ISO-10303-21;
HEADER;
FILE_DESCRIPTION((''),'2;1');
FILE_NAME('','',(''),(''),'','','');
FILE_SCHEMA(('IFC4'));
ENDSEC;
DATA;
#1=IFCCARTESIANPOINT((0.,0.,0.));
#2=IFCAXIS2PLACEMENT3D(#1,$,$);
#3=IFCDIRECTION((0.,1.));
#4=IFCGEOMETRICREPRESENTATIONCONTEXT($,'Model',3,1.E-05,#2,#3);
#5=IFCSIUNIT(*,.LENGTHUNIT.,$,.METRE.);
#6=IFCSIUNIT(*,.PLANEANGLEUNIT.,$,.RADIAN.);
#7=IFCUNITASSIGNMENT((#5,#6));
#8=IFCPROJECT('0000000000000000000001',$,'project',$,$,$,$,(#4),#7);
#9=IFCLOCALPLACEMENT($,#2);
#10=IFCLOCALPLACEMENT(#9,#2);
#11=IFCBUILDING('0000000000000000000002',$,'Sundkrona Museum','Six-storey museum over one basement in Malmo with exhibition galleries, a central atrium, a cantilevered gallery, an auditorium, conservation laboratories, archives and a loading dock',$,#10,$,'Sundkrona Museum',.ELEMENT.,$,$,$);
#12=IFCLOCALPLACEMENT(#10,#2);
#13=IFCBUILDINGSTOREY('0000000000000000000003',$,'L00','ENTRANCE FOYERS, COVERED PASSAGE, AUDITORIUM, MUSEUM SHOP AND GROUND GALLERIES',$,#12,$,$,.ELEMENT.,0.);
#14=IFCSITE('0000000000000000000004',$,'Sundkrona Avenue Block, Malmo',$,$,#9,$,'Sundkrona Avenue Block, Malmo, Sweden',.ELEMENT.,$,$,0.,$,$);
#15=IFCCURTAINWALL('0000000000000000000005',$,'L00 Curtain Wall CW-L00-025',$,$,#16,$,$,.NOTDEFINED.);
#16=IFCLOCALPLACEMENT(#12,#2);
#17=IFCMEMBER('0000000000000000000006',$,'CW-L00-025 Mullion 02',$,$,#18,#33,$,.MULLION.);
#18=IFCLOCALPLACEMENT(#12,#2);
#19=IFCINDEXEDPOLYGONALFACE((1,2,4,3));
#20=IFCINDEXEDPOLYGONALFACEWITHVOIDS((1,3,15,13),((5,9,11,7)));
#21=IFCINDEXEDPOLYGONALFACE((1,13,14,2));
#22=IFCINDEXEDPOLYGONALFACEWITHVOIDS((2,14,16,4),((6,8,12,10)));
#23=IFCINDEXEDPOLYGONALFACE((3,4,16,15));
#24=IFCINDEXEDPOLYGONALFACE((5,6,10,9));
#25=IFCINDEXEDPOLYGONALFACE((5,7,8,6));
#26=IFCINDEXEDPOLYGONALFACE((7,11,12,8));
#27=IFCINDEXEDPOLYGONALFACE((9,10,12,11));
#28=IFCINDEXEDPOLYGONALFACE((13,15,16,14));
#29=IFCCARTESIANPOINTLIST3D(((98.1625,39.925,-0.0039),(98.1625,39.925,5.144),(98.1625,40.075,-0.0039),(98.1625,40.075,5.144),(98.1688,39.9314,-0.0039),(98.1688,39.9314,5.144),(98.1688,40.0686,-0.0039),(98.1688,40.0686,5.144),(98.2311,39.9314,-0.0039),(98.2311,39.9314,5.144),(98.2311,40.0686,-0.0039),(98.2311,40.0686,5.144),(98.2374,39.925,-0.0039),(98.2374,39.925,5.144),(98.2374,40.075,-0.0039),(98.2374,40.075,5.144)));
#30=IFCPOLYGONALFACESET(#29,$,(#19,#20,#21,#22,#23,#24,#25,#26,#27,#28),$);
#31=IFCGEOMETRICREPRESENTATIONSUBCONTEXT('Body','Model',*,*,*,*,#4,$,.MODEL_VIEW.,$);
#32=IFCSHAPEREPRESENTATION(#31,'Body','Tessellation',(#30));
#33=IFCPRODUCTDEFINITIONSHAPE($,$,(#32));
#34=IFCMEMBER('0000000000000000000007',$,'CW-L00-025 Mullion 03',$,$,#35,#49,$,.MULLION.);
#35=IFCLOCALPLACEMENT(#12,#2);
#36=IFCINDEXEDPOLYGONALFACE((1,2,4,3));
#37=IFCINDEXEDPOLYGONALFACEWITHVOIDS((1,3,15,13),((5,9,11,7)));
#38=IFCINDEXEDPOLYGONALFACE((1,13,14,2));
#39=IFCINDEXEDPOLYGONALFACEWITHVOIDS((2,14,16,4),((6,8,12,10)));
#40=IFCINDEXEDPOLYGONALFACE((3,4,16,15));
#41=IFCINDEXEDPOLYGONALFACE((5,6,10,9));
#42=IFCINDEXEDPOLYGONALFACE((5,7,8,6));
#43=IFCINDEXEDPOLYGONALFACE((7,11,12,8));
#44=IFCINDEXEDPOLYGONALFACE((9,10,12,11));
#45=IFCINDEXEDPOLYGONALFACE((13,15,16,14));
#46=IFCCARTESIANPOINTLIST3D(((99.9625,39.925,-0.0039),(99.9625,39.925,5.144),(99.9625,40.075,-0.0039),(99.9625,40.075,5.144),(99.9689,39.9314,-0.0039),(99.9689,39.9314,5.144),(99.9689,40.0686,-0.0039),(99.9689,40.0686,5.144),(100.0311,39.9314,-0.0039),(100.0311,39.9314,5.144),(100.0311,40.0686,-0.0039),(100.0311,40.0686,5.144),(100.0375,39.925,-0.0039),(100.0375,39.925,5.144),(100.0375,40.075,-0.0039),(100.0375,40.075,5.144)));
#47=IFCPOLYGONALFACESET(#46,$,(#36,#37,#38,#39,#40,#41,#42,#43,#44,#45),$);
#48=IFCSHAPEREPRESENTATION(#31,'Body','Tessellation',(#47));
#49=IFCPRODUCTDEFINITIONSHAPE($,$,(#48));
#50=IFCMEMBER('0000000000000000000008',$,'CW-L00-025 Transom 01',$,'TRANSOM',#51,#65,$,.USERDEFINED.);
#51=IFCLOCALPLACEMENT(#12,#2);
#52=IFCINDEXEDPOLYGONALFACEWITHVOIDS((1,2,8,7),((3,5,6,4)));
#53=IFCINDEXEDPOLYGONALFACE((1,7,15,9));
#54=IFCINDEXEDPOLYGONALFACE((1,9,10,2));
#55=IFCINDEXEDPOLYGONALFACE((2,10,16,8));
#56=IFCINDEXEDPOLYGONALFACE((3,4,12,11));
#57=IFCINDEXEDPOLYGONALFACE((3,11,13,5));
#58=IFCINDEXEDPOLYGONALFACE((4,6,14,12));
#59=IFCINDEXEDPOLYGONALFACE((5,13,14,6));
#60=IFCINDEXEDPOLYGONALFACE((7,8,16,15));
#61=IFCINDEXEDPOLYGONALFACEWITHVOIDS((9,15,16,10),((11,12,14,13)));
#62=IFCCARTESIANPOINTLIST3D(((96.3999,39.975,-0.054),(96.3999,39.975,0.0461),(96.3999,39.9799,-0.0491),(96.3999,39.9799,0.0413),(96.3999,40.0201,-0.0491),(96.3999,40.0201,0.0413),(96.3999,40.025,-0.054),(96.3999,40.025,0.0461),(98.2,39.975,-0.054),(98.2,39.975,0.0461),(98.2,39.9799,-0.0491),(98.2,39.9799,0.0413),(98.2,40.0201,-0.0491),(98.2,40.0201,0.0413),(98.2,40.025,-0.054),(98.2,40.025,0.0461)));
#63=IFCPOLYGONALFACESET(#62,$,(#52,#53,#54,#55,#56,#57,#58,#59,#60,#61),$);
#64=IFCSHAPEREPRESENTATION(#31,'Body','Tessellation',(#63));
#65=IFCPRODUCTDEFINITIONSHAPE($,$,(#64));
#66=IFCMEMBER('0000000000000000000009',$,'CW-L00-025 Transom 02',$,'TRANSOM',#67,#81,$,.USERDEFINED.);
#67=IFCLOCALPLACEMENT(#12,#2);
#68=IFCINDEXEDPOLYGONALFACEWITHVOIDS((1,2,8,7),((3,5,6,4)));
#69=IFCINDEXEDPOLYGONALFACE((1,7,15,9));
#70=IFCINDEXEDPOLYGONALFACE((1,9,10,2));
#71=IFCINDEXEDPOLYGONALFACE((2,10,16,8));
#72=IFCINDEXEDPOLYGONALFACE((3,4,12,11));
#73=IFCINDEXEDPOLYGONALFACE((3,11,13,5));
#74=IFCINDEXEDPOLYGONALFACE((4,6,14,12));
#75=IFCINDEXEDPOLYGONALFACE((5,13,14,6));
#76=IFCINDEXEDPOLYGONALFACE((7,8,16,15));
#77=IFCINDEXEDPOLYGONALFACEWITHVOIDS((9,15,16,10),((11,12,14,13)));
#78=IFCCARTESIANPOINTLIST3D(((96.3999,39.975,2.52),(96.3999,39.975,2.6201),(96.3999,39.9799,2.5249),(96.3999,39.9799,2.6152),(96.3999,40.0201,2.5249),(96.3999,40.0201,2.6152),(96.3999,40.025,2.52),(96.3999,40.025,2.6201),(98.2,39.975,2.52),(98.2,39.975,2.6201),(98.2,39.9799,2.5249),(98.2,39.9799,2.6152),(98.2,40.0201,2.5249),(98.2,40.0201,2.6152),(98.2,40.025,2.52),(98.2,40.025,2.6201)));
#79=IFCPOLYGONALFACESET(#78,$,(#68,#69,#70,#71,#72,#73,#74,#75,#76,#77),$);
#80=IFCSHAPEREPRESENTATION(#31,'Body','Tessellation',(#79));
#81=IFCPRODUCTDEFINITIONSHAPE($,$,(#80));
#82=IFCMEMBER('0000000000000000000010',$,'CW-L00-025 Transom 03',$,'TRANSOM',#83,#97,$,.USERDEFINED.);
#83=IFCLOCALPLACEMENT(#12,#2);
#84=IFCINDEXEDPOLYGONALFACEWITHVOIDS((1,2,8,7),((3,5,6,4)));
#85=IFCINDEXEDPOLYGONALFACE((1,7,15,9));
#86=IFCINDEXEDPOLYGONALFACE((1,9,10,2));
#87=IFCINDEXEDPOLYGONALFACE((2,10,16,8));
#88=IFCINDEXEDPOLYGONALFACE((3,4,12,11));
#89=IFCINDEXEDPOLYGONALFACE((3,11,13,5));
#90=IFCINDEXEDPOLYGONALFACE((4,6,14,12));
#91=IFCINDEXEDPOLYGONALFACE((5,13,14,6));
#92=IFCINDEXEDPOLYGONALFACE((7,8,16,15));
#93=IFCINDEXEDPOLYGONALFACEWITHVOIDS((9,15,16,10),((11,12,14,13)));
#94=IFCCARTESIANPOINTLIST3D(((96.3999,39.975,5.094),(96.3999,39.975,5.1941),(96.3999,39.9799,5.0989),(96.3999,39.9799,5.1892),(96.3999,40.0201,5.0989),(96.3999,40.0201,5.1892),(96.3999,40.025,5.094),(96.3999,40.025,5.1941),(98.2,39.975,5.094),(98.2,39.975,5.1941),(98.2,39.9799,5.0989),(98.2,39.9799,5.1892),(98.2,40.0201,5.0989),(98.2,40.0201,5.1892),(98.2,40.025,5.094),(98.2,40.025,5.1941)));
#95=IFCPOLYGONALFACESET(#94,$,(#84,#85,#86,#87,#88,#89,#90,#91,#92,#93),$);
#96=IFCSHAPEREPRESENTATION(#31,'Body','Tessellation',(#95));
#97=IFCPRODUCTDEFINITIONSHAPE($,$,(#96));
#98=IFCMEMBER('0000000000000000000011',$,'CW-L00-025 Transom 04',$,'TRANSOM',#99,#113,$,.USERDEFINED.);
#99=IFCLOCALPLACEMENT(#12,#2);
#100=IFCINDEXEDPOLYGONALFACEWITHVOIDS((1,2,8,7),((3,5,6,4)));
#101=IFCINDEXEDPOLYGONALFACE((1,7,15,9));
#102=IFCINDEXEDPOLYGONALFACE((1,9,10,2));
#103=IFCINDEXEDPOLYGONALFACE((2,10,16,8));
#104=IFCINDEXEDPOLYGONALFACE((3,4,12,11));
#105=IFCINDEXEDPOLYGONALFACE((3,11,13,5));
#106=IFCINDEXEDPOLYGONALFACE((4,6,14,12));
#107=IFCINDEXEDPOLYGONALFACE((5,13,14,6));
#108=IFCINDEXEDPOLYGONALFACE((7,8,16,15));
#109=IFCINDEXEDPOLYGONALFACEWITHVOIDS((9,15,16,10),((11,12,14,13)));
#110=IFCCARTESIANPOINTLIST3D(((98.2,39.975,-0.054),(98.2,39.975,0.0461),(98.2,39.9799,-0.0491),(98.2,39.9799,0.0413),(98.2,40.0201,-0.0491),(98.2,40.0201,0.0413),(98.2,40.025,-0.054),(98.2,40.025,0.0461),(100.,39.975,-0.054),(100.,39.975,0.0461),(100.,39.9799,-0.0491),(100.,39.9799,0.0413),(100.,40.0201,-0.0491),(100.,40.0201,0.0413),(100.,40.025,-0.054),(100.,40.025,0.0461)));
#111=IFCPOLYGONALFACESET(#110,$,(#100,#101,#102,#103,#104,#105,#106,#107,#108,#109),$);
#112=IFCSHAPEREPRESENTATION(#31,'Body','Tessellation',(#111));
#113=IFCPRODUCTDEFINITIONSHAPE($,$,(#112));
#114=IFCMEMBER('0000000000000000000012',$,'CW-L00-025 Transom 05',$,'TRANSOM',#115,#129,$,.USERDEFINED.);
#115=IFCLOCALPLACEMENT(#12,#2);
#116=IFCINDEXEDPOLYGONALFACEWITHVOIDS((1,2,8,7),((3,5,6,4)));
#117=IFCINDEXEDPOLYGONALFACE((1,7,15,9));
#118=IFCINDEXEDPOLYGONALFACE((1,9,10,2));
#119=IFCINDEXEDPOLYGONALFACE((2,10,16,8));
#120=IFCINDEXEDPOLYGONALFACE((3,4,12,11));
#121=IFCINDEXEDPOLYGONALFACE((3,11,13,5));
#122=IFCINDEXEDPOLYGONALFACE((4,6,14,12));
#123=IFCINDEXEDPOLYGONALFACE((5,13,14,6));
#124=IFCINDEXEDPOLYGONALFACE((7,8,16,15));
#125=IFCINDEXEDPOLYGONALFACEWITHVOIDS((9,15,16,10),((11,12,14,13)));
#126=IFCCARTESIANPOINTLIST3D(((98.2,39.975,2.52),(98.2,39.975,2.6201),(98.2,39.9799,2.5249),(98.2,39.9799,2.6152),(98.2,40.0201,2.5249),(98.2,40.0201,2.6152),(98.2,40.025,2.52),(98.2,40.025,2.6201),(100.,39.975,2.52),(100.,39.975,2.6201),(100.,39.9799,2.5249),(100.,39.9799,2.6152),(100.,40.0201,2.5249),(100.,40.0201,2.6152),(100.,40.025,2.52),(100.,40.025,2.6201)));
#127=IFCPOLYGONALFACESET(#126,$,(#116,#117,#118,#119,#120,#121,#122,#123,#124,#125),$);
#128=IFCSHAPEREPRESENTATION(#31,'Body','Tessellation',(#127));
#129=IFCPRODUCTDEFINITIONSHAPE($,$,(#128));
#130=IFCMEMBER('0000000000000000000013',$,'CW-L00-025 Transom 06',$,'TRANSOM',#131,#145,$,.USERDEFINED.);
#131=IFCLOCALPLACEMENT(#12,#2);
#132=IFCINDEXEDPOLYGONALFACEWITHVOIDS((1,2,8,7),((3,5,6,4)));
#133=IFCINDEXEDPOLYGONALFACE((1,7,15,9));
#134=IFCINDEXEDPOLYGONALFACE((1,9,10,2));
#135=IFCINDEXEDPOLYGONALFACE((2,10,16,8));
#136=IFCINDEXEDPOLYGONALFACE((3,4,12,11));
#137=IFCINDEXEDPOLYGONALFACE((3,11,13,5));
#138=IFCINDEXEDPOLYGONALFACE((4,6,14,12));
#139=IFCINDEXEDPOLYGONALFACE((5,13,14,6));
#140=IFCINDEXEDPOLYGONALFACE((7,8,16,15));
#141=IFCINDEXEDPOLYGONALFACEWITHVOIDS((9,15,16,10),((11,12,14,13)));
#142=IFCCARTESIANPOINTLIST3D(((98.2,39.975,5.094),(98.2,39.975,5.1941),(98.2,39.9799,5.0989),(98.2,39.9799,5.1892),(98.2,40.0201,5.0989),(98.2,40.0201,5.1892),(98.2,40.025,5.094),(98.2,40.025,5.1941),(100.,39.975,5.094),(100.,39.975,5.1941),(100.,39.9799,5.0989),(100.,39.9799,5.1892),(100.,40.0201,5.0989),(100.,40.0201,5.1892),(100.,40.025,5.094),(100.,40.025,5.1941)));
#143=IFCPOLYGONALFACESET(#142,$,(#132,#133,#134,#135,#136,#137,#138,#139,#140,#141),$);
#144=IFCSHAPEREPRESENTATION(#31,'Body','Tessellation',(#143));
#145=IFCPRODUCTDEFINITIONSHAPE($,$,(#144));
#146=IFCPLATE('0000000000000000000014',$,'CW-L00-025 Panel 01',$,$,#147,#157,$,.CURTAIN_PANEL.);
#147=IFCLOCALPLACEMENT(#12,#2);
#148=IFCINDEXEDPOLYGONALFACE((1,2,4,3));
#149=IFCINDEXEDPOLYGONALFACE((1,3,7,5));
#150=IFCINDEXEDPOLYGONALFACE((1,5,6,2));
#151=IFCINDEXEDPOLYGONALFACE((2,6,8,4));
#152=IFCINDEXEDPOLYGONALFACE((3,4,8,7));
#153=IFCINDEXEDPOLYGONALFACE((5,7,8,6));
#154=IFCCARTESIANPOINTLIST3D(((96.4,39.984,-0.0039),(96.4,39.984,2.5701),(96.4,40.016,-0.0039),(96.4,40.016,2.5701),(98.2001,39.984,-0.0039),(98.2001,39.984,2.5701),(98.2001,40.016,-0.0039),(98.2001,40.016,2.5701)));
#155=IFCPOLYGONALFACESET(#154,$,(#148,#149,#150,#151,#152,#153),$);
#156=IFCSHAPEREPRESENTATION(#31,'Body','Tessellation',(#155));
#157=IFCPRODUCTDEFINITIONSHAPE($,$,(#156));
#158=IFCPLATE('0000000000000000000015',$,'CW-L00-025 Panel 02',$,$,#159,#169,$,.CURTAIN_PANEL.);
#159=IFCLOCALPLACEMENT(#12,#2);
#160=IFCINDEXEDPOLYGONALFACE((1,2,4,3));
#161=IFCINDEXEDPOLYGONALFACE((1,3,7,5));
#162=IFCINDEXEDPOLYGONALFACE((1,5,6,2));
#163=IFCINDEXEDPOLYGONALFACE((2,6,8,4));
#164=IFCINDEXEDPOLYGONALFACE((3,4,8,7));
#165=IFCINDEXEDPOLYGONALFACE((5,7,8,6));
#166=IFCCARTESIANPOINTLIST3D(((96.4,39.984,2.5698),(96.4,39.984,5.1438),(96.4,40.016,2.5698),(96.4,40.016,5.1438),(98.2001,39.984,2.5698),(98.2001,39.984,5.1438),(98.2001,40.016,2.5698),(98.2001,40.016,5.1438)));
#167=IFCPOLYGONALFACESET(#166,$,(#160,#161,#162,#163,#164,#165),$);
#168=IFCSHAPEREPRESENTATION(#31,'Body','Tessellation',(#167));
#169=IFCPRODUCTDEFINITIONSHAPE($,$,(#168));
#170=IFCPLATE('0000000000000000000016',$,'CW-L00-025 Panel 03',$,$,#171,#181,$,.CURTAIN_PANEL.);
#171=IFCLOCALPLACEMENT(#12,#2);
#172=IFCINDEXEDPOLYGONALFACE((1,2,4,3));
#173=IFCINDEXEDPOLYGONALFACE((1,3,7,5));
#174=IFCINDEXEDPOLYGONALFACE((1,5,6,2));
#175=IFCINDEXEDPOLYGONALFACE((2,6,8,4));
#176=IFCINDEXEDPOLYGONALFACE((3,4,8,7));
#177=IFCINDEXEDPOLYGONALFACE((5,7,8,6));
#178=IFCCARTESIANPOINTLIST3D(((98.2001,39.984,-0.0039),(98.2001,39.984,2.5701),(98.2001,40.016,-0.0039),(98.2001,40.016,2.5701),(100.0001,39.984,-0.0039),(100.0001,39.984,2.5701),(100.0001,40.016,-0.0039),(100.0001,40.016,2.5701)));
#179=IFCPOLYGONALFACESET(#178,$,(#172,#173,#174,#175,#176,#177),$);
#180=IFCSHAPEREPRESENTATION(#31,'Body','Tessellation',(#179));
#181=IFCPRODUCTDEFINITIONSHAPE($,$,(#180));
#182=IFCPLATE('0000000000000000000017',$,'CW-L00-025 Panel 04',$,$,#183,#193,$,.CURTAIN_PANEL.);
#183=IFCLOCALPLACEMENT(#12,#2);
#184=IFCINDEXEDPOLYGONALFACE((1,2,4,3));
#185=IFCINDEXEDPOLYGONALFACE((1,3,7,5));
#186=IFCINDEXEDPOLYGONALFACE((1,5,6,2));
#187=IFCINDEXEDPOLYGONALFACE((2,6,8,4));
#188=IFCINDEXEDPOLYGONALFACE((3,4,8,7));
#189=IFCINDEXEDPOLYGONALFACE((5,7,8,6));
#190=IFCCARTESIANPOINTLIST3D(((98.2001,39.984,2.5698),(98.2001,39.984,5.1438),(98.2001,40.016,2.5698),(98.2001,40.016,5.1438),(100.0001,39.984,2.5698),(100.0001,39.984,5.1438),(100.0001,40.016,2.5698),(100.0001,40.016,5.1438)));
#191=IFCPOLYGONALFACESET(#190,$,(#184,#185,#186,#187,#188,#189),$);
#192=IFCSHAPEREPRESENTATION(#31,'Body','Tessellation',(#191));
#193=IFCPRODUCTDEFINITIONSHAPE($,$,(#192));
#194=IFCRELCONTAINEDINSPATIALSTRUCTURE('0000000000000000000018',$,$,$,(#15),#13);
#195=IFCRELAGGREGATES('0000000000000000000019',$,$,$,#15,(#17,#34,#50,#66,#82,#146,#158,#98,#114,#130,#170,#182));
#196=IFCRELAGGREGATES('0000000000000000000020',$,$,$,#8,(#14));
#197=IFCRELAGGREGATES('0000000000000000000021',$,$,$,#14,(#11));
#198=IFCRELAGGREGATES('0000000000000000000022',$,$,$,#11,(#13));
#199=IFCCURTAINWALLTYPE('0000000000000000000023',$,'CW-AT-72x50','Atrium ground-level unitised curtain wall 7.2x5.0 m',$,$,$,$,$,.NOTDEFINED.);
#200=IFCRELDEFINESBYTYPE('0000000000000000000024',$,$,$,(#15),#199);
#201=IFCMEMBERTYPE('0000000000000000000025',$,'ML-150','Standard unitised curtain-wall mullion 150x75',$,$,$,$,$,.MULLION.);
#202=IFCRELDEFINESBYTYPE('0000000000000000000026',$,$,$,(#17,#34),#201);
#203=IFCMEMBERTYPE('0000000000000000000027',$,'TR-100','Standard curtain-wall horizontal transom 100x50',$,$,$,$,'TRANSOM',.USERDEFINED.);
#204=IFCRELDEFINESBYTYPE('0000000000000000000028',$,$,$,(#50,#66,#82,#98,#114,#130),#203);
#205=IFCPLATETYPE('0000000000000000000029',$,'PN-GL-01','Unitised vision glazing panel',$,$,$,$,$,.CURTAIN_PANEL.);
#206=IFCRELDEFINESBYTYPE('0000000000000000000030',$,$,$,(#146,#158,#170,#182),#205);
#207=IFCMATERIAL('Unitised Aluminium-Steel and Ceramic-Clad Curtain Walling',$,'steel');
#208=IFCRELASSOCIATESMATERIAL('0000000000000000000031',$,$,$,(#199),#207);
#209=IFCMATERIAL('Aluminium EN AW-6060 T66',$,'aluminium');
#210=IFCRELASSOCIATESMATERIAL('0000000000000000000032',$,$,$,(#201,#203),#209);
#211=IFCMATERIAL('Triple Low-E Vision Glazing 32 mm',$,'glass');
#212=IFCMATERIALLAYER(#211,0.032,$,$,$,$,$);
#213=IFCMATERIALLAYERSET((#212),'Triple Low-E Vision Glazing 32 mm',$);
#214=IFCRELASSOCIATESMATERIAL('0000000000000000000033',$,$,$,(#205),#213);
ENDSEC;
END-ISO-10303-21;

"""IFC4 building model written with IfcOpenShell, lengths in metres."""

from ifc_helpers import new_model, si_unit, direction, frame, origin, origin_2d, place, context, subcontext, project, spatial, rectangle, hollow_rectangle, extrude, material, layer, layer_set, material_profile, profile_set, type_object, element, aggregate, save


model = new_model("IFC4")

# Units and contexts
model_context = context("Model", 3, precision=1e-05, world=origin(), true_north=direction((0.0, 1.0)))
body_context = subcontext(model_context, "Body", "Model", "MODEL_VIEW")
ifc_project = project(units=[si_unit("LENGTHUNIT", "METRE"), si_unit("PLANEANGLEUNIT", "RADIAN")], contexts=[model_context])

# Site, building, storey
site_placement = place(None, origin())
site = spatial("IfcSite", under=ifc_project, at=site_placement, Name="Sundkrona Avenue Block, Malmo", LongName="Sundkrona Avenue Block, Malmo, Sweden", CompositionType="ELEMENT", RefElevation=0.0)
building_placement = place(site_placement, origin())
building = spatial("IfcBuilding", under=site, at=building_placement, Name="Sundkrona Museum", Description="Six-storey museum over one basement in Malmo with exhibition galleries, a central atrium, a cantilevered gallery, an auditorium, conservation laboratories, archives and a loading dock", LongName="Sundkrona Museum", CompositionType="ELEMENT")
storey_placement = place(building_placement, origin())
storey = spatial("IfcBuildingStorey", under=building, at=storey_placement, Name="L00", Description="ENTRANCE FOYERS, COVERED PASSAGE, AUDITORIUM, MUSEUM SHOP AND GROUND GALLERIES", CompositionType="ELEMENT", Elevation=0.0)

# Curtain wall, members, plates
ifc_material_1 = material(Name="Unitised Aluminium-Steel and Ceramic-Clad Curtain Walling", Category="steel")
curtain_wall_type = type_object("IfcCurtainWallType", Name="CW-AT-72x50", Description="Atrium ground-level unitised curtain wall 7.2x5.0 m", PredefinedType="NOTDEFINED", material=ifc_material_1)
curtain_wall_placement = place(storey_placement, origin())
curtain_wall = element("IfcCurtainWall", 1, at=curtain_wall_placement, inside=storey, type_object=curtain_wall_type, Name="L00 Curtain Wall CW-L00-025", PredefinedType="NOTDEFINED")
ifc_material_2 = material(Name="Aluminium EN AW-6060 T66", Category="aluminium")
ifc_material_profile_1 = material_profile(ifc_material_2, hollow_rectangle(XDim=0.075, YDim=0.1499, WallThickness=0.0063, at=origin_2d()), Name="RHS 150x75x6.3")
ifc_profile_set_1 = profile_set([ifc_material_profile_1], Name="Aluminium EN AW-6060 T66")
member_type_1 = type_object("IfcMemberType", Name="ML-150", Description="Standard unitised curtain-wall mullion 150x75", PredefinedType="MULLION", material=ifc_profile_set_1)
member_1_placement = place(storey_placement, frame((98.2, 40.0, -0.0039), z_axis=(0.0, 0.0, 1.0), x_axis=(1.0, 0.0, 0.0)))
member_1 = element("IfcMember", 2, at=member_1_placement, type_object=member_type_1, Name="CW-L00-025 Mullion 02", PredefinedType="MULLION", context=body_context, shape_type="SweptSolid", body=[
    extrude(hollow_rectangle(XDim=0.075, YDim=0.1499, WallThickness=0.0063, at=origin_2d()), origin(), (0.0, 0.0, 1.0), 5.1479),
])
member_2_placement = place(storey_placement, frame((100.0, 40.0, -0.0039), z_axis=(0.0, 0.0, 1.0), x_axis=(1.0, 0.0, 0.0)))
member_2 = element("IfcMember", 3, at=member_2_placement, type_object=member_type_1, Name="CW-L00-025 Mullion 03", PredefinedType="MULLION", context=body_context, shape_type="SweptSolid", body=[
    extrude(hollow_rectangle(XDim=0.075, YDim=0.1499, WallThickness=0.0063, at=origin_2d()), origin(), (0.0, 0.0, 1.0), 5.1479),
])
ifc_material_profile_2 = material_profile(ifc_material_2, hollow_rectangle(XDim=0.05, YDim=0.1001, WallThickness=0.0049, at=origin_2d()), Name="RHS 100x50x5.0")
ifc_profile_set_2 = profile_set([ifc_material_profile_2], Name="Aluminium EN AW-6060 T66")
member_type_2 = type_object("IfcMemberType", Name="TR-100", Description="Standard curtain-wall horizontal transom 100x50", ElementType="TRANSOM", PredefinedType="USERDEFINED", material=ifc_profile_set_2)
member_3_placement = place(storey_placement, frame((96.3999, 40.0, -0.0039), z_axis=(1.0, 0.0, 0.0), x_axis=(0.0, 1.0, 0.0)))
member_3 = element("IfcMember", 4, at=member_3_placement, type_object=member_type_2, Name="CW-L00-025 Transom 01", ObjectType="TRANSOM", PredefinedType="USERDEFINED", context=body_context, shape_type="SweptSolid", body=[
    extrude(hollow_rectangle(XDim=0.05, YDim=0.1001, WallThickness=0.0049, at=origin_2d()), origin(), (0.0, 0.0, 1.0), 1.8),
])
member_4_placement = place(storey_placement, frame((96.3999, 40.0, 2.5701), z_axis=(1.0, 0.0, 0.0), x_axis=(0.0, 1.0, 0.0)))
member_4 = element("IfcMember", 5, at=member_4_placement, type_object=member_type_2, Name="CW-L00-025 Transom 02", ObjectType="TRANSOM", PredefinedType="USERDEFINED", context=body_context, shape_type="SweptSolid", body=[
    extrude(hollow_rectangle(XDim=0.05, YDim=0.1001, WallThickness=0.0049, at=origin_2d()), origin(), (0.0, 0.0, 1.0), 1.8),
])
member_5_placement = place(storey_placement, frame((96.3999, 40.0, 5.144), z_axis=(1.0, 0.0, 0.0), x_axis=(0.0, 1.0, 0.0)))
member_5 = element("IfcMember", 6, at=member_5_placement, type_object=member_type_2, Name="CW-L00-025 Transom 03", ObjectType="TRANSOM", PredefinedType="USERDEFINED", context=body_context, shape_type="SweptSolid", body=[
    extrude(hollow_rectangle(XDim=0.05, YDim=0.1001, WallThickness=0.0049, at=origin_2d()), origin(), (0.0, 0.0, 1.0), 1.8),
])
member_6_placement = place(storey_placement, frame((98.2, 40.0, -0.0039), z_axis=(1.0, 0.0, 0.0), x_axis=(0.0, 1.0, 0.0)))
member_6 = element("IfcMember", 7, at=member_6_placement, type_object=member_type_2, Name="CW-L00-025 Transom 04", ObjectType="TRANSOM", PredefinedType="USERDEFINED", context=body_context, shape_type="SweptSolid", body=[
    extrude(hollow_rectangle(XDim=0.05, YDim=0.1001, WallThickness=0.0049, at=origin_2d()), origin(), (0.0, 0.0, 1.0), 1.8),
])
member_7_placement = place(storey_placement, frame((98.2, 40.0, 2.5701), z_axis=(1.0, 0.0, 0.0), x_axis=(0.0, 1.0, 0.0)))
member_7 = element("IfcMember", 8, at=member_7_placement, type_object=member_type_2, Name="CW-L00-025 Transom 05", ObjectType="TRANSOM", PredefinedType="USERDEFINED", context=body_context, shape_type="SweptSolid", body=[
    extrude(hollow_rectangle(XDim=0.05, YDim=0.1001, WallThickness=0.0049, at=origin_2d()), origin(), (0.0, 0.0, 1.0), 1.8),
])
member_8_placement = place(storey_placement, frame((98.2, 40.0, 5.144), z_axis=(1.0, 0.0, 0.0), x_axis=(0.0, 1.0, 0.0)))
member_8 = element("IfcMember", 9, at=member_8_placement, type_object=member_type_2, Name="CW-L00-025 Transom 06", ObjectType="TRANSOM", PredefinedType="USERDEFINED", context=body_context, shape_type="SweptSolid", body=[
    extrude(hollow_rectangle(XDim=0.05, YDim=0.1001, WallThickness=0.0049, at=origin_2d()), origin(), (0.0, 0.0, 1.0), 1.8),
])
ifc_material_3 = material(Name="Triple Low-E Vision Glazing 32 mm", Category="glass")
ifc_layer_1 = layer(ifc_material_3, 0.032)
ifc_layer_set_1 = layer_set([ifc_layer_1], Name="Triple Low-E Vision Glazing 32 mm")
plate_type = type_object("IfcPlateType", Name="PN-GL-01", Description="Unitised vision glazing panel", PredefinedType="CURTAIN_PANEL", material=ifc_layer_set_1)
plate_1_placement = place(storey_placement, frame((97.3, 40.0, -0.0039), z_axis=(0.0, 0.0, 1.0), x_axis=(1.0, 0.0, 0.0)))
plate_1 = element("IfcPlate", 10, at=plate_1_placement, type_object=plate_type, Name="CW-L00-025 Panel 01", PredefinedType="CURTAIN_PANEL", context=body_context, shape_type="SweptSolid", body=[
    extrude(rectangle(XDim=1.8, YDim=0.032, at=origin_2d()), origin(), (0.0, 0.0, 1.0), 2.574),
])
plate_2_placement = place(storey_placement, frame((97.3, 40.0, 2.5698), z_axis=(0.0, 0.0, 1.0), x_axis=(1.0, 0.0, 0.0)))
plate_2 = element("IfcPlate", 11, at=plate_2_placement, type_object=plate_type, Name="CW-L00-025 Panel 02", PredefinedType="CURTAIN_PANEL", context=body_context, shape_type="SweptSolid", body=[
    extrude(rectangle(XDim=1.8, YDim=0.032, at=origin_2d()), origin(), (0.0, 0.0, 1.0), 2.574),
])
plate_3_placement = place(storey_placement, frame((99.1001, 40.0, -0.0039), z_axis=(0.0, 0.0, 1.0), x_axis=(1.0, 0.0, 0.0)))
plate_3 = element("IfcPlate", 12, at=plate_3_placement, type_object=plate_type, Name="CW-L00-025 Panel 03", PredefinedType="CURTAIN_PANEL", context=body_context, shape_type="SweptSolid", body=[
    extrude(rectangle(XDim=1.8, YDim=0.032, at=origin_2d()), origin(), (0.0, 0.0, 1.0), 2.574),
])
plate_4_placement = place(storey_placement, frame((99.1001, 40.0, 2.5698), z_axis=(0.0, 0.0, 1.0), x_axis=(1.0, 0.0, 0.0)))
plate_4 = element("IfcPlate", 13, at=plate_4_placement, type_object=plate_type, Name="CW-L00-025 Panel 04", PredefinedType="CURTAIN_PANEL", context=body_context, shape_type="SweptSolid", body=[
    extrude(rectangle(XDim=1.8, YDim=0.032, at=origin_2d()), origin(), (0.0, 0.0, 1.0), 2.574),
])
aggregate(curtain_wall, [member_1, member_2, member_3, member_4, member_5, plate_1, plate_2, member_6, member_7, member_8, plate_3, plate_4])

save(model, "model.ifc")
